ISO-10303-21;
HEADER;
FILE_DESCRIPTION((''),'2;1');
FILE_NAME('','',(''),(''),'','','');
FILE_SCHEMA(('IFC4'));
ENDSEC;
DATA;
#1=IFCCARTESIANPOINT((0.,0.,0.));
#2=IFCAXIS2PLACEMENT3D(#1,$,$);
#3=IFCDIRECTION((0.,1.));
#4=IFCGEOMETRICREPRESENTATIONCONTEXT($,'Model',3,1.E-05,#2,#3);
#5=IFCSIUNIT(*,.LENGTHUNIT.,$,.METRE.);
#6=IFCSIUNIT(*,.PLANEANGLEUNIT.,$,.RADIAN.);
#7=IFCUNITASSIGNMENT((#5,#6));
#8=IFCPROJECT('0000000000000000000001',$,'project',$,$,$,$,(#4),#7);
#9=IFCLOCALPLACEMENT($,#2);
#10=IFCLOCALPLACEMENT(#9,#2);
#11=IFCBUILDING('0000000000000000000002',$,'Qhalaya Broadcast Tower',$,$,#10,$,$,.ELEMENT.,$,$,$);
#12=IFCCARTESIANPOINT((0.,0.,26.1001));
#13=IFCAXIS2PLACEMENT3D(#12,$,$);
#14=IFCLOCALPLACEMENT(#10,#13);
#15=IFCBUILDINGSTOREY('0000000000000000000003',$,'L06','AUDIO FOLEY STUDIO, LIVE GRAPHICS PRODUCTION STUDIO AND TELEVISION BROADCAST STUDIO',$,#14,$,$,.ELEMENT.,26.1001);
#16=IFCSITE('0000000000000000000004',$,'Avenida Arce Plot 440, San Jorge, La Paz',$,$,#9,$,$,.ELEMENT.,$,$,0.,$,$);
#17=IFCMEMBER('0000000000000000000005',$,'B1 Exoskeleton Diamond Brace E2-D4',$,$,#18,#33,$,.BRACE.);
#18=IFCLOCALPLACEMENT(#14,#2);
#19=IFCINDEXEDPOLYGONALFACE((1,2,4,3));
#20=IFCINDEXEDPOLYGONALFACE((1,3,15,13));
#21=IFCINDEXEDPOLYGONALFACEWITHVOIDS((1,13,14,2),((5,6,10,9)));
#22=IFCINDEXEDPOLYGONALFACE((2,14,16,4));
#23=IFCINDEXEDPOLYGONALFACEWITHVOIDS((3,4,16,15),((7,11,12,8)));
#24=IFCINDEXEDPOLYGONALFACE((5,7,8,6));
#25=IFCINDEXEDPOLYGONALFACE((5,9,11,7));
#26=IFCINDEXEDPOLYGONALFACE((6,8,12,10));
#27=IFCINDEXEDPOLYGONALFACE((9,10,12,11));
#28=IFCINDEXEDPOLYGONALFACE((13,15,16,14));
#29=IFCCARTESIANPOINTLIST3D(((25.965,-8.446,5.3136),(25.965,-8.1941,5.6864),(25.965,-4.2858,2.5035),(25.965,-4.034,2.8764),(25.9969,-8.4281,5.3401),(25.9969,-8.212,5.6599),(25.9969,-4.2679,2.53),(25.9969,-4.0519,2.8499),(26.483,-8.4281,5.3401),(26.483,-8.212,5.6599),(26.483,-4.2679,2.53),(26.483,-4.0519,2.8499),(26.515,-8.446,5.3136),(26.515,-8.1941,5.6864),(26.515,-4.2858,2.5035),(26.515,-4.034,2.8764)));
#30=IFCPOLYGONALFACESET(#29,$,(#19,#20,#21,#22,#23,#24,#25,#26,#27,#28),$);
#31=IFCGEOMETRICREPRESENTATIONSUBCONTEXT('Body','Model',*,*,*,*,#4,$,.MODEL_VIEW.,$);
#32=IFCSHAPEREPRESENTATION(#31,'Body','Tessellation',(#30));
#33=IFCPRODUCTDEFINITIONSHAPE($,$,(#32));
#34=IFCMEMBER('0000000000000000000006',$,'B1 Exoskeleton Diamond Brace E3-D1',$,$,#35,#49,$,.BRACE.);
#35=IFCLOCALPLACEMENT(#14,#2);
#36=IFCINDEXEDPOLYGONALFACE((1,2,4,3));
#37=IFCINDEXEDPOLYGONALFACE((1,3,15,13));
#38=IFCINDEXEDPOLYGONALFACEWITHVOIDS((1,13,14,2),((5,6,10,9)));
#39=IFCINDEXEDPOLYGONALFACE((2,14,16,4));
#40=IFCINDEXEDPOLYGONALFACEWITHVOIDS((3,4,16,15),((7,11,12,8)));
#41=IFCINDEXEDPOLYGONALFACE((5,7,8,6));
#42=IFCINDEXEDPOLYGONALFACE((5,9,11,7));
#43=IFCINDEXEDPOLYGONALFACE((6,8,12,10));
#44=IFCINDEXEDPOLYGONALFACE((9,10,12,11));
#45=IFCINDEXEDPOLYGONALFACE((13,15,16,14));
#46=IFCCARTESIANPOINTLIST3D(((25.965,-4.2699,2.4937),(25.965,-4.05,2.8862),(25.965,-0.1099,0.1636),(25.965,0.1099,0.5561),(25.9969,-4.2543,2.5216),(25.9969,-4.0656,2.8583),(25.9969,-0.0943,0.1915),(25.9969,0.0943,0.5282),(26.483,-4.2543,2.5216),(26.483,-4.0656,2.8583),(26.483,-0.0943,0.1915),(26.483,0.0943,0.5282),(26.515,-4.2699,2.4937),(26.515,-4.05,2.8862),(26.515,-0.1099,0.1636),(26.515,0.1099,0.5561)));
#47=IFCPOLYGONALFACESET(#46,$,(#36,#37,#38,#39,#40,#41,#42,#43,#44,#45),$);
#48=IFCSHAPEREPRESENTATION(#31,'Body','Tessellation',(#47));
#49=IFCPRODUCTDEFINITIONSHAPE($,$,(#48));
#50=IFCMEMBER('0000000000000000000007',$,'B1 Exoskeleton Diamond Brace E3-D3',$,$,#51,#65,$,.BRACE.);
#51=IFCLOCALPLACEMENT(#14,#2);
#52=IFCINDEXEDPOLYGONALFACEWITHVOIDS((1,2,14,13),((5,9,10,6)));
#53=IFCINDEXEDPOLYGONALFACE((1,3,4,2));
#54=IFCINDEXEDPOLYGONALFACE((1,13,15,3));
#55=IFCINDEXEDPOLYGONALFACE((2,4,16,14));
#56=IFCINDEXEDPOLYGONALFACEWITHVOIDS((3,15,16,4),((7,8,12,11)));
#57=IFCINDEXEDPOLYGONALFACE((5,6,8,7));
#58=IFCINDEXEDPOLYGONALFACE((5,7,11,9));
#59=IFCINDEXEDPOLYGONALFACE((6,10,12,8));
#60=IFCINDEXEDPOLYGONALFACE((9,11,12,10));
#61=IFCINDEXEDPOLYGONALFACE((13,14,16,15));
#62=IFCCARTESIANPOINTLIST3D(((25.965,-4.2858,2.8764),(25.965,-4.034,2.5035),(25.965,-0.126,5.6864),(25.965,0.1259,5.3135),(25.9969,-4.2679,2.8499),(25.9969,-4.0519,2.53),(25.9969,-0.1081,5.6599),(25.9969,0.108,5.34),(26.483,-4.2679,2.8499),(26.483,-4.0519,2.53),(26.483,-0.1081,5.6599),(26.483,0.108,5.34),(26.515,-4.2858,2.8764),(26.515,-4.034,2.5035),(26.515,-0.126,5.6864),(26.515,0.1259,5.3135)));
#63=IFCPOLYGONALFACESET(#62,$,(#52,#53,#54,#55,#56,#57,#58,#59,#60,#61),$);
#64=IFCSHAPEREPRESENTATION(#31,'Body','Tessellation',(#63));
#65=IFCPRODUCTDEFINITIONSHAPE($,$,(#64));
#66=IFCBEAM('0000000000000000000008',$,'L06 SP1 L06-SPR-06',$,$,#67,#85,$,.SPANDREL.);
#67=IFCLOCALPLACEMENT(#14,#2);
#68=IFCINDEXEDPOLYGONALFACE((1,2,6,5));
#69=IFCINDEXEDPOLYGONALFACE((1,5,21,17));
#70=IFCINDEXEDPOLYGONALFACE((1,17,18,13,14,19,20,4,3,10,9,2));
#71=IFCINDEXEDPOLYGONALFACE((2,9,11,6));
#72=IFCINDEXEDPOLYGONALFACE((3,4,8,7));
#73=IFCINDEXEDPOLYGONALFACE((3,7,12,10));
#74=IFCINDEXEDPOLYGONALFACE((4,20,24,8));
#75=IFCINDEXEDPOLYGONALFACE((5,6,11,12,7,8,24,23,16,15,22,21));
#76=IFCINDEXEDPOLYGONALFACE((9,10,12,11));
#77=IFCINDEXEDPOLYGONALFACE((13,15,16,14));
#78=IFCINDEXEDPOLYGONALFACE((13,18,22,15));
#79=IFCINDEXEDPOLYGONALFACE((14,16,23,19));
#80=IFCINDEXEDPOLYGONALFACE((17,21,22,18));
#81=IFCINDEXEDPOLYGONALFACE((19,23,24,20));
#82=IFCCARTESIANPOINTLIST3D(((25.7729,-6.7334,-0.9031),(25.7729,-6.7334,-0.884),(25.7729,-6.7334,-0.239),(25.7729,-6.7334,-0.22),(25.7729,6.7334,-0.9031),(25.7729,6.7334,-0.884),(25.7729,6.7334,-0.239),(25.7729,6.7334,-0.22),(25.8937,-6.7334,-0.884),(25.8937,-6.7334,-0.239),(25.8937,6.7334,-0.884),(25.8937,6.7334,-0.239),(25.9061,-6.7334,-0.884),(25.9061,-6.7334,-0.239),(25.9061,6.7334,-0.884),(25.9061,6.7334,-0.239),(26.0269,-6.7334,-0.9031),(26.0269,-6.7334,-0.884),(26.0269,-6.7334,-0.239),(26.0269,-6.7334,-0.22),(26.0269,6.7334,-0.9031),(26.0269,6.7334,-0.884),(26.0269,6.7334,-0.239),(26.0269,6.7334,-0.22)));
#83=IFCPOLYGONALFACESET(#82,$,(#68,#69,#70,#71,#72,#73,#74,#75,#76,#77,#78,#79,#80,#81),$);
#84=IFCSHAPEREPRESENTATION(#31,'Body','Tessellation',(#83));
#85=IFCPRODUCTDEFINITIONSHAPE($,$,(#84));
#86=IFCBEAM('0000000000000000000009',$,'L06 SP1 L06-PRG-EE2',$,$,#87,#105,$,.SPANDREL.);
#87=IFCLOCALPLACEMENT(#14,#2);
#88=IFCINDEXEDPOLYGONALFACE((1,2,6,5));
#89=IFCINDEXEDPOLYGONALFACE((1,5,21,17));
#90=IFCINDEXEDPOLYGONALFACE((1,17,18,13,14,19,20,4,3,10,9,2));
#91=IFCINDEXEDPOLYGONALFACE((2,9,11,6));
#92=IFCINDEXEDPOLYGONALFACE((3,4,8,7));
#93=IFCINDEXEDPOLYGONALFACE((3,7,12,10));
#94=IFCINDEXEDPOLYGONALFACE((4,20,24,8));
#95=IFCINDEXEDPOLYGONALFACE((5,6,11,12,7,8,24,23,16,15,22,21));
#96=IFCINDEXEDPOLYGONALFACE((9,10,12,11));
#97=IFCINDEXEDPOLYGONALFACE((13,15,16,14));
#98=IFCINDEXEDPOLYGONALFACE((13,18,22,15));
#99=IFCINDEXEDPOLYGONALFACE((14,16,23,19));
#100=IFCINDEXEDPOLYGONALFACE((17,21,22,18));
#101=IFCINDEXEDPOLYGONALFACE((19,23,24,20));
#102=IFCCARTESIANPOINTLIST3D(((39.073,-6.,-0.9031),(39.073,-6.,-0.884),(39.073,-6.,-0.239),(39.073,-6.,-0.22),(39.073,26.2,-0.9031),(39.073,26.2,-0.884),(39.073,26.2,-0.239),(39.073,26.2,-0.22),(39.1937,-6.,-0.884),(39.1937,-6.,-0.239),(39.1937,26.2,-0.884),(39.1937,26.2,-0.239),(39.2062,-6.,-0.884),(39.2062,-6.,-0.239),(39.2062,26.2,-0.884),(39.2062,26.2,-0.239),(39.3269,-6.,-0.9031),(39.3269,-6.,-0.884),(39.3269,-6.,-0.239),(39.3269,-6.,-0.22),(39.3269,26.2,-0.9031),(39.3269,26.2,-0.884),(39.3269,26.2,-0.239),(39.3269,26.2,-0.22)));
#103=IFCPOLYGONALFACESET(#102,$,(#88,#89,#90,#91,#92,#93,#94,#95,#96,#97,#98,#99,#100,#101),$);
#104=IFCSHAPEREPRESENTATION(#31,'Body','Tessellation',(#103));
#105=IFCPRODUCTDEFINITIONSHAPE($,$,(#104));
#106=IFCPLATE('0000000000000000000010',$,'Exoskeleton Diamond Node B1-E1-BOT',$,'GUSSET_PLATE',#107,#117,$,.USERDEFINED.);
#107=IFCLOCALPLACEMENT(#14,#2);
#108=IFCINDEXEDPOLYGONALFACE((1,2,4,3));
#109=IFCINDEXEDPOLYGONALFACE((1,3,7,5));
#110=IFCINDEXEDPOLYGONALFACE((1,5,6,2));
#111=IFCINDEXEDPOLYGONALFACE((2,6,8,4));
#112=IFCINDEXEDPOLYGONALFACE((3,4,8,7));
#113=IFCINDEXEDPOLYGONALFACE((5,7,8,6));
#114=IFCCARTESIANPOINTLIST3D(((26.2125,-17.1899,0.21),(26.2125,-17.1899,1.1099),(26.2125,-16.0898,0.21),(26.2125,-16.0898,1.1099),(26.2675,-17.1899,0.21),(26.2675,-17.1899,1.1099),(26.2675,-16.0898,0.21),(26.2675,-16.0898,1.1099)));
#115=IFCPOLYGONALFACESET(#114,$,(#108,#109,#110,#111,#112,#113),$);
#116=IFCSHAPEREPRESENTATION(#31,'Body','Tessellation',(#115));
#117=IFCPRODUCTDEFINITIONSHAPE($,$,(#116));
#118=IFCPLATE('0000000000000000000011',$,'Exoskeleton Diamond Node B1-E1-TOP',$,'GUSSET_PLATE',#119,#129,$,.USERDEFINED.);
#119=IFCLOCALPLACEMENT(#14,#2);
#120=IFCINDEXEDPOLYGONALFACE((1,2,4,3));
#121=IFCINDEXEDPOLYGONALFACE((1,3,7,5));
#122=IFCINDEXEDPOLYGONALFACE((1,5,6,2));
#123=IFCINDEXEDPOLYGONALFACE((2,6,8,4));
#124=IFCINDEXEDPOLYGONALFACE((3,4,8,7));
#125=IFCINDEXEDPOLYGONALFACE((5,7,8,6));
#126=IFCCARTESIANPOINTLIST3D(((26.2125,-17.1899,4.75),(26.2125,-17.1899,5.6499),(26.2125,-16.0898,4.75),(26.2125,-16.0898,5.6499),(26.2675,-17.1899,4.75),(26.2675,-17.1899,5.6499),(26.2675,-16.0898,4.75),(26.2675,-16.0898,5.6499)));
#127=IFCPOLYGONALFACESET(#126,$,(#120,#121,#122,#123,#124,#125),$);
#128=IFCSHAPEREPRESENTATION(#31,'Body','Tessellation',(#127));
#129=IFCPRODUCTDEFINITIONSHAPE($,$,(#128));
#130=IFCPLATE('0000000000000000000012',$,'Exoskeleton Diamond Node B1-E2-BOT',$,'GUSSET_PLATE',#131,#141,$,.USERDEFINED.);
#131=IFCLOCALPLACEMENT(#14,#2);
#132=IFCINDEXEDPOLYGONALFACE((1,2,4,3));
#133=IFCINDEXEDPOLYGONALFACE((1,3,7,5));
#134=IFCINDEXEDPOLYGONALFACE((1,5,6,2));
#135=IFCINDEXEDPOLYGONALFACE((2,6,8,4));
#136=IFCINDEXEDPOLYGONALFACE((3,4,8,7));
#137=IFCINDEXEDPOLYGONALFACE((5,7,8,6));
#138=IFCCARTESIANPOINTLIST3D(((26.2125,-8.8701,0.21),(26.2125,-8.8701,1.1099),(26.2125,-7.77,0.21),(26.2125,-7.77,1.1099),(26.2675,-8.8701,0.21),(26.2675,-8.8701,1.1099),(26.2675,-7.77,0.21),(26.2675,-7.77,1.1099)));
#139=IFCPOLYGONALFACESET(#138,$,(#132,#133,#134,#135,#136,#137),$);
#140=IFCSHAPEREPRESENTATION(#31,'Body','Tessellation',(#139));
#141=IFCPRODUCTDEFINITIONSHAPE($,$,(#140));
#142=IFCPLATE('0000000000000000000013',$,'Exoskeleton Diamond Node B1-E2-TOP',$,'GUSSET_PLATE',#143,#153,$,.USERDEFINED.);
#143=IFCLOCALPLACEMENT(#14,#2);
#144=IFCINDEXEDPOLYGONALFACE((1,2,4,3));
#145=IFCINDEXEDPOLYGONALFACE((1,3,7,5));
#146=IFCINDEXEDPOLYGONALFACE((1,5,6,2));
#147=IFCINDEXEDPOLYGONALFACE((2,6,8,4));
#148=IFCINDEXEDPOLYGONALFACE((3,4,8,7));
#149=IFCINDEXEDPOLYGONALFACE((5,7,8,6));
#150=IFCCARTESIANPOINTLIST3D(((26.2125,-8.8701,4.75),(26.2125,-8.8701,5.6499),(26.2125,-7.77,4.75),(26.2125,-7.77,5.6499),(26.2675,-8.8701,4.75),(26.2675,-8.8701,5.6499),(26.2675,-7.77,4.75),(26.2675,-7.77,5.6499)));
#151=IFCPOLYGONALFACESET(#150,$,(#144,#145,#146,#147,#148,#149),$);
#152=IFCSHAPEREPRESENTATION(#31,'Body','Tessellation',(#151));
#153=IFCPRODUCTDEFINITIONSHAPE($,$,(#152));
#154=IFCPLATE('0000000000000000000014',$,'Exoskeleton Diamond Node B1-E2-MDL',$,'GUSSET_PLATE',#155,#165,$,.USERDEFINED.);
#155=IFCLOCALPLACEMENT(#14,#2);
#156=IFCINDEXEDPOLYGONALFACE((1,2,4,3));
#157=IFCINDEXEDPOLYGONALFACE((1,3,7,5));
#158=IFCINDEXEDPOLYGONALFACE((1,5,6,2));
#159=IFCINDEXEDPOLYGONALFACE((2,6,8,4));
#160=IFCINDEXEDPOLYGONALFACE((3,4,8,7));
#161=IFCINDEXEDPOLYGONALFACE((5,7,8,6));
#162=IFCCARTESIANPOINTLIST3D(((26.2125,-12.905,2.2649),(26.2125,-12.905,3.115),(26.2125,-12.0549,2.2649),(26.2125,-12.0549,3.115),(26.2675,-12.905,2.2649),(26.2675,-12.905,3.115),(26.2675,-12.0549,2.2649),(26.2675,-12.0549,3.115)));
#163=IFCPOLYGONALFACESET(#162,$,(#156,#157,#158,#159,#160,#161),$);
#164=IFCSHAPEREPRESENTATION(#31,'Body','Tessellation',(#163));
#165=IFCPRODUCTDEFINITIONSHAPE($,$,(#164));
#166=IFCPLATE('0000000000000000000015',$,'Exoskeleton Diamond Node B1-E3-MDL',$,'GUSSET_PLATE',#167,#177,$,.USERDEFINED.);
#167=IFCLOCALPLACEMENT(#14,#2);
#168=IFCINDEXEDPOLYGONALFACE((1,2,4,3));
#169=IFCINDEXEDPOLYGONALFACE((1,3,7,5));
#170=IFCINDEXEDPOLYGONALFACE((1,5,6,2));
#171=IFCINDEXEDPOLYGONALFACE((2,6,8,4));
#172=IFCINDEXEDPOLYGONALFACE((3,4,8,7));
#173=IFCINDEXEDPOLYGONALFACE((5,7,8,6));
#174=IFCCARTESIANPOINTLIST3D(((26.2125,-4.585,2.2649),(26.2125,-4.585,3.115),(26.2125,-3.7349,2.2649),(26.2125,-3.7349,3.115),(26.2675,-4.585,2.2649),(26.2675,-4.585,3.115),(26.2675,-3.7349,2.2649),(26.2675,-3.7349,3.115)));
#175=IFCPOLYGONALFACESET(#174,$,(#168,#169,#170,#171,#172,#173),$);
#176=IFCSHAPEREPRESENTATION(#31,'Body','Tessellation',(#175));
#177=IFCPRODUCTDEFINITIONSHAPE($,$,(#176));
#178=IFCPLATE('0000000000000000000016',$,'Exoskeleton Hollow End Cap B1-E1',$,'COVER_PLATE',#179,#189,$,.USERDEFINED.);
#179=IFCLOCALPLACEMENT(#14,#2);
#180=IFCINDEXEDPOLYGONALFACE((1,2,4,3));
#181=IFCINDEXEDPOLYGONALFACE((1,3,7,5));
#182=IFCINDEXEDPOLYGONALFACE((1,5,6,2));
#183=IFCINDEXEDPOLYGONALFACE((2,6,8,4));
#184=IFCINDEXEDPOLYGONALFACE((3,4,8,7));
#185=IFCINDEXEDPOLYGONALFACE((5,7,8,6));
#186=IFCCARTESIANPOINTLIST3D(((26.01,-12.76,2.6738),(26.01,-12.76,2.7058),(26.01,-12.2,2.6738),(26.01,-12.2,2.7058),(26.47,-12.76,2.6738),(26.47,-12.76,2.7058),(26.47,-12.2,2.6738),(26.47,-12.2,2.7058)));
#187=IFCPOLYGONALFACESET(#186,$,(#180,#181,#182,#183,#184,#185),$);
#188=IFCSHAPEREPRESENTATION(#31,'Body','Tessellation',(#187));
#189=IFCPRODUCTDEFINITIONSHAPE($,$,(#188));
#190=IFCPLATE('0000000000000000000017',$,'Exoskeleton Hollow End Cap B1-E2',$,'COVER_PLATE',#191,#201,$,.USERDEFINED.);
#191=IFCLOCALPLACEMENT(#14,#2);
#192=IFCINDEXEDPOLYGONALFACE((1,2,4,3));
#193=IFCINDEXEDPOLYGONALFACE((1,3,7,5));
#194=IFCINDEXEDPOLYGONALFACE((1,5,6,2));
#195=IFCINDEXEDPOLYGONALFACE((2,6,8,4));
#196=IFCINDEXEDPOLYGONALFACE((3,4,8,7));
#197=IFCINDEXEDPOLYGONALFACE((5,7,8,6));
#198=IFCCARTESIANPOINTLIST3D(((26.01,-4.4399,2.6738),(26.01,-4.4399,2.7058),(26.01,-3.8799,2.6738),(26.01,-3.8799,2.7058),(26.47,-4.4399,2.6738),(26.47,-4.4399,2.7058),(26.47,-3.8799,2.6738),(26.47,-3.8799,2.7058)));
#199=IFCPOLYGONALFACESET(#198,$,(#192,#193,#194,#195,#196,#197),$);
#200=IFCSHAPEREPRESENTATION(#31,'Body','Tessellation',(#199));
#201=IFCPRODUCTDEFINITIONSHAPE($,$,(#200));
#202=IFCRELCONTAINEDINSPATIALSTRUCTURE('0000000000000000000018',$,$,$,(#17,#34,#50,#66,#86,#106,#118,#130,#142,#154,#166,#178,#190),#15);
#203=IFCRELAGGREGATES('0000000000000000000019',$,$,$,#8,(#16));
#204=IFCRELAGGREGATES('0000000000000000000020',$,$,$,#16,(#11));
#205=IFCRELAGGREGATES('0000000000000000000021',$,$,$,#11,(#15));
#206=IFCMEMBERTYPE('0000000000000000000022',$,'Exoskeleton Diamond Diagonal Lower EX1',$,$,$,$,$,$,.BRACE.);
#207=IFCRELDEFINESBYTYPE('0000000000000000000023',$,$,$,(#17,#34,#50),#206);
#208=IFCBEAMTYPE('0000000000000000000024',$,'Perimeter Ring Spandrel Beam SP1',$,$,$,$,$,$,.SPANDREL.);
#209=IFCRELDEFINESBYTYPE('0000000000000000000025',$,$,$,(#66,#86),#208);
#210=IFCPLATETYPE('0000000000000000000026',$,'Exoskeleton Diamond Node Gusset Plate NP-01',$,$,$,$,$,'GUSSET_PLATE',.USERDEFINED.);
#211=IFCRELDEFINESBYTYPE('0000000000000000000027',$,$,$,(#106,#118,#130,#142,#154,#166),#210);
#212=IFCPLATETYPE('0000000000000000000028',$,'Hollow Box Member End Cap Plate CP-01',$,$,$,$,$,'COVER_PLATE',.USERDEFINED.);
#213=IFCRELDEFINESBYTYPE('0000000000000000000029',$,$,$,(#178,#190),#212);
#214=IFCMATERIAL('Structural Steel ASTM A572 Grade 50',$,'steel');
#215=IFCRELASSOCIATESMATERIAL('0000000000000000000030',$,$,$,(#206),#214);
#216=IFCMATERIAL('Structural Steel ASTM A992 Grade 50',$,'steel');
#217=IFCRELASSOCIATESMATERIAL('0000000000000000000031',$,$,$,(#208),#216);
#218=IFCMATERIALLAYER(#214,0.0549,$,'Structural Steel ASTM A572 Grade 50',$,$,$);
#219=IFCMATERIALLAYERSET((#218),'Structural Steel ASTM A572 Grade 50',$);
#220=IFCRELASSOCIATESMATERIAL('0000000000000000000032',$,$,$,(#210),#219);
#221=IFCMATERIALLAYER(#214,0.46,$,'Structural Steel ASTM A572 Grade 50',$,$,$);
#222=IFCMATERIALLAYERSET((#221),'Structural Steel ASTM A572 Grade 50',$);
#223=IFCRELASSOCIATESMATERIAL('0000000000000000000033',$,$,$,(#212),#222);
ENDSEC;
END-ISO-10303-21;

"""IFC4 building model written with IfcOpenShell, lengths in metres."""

from ifc_helpers import new_model, si_unit, direction, frame, origin, origin_2d, place, context, subcontext, project, spatial, rectangle, hollow_rectangle, i_section, extrude, material, layer, layer_set, material_profile, profile_set, type_object, element, save


model = new_model("IFC4")

# Units and contexts
model_context = context("Model", 3, precision=1e-05, world=origin(), true_north=direction((0.0, 1.0)))
body_context = subcontext(model_context, "Body", "Model", "MODEL_VIEW")
ifc_project = project(units=[si_unit("LENGTHUNIT", "METRE"), si_unit("PLANEANGLEUNIT", "RADIAN")], contexts=[model_context])

# Site, building, storey
site_placement = place(None, origin())
site = spatial("IfcSite", under=ifc_project, at=site_placement, Name="Avenida Arce Plot 440, San Jorge, La Paz", CompositionType="ELEMENT", RefElevation=0.0)
building_placement = place(site_placement, origin())
building = spatial("IfcBuilding", under=site, at=building_placement, Name="Qhalaya Broadcast Tower", CompositionType="ELEMENT")
storey_placement = place(building_placement, frame((0.0, 0.0, 26.1001)))
storey = spatial("IfcBuildingStorey", under=building, at=storey_placement, Name="L06", Description="AUDIO FOLEY STUDIO, LIVE GRAPHICS PRODUCTION STUDIO AND TELEVISION BROADCAST STUDIO", CompositionType="ELEMENT", Elevation=26.1001)

# Shared definitions
ifc_material_1 = material(Name="Structural Steel ASTM A572 Grade 50", Category="steel")

# Shared definitions
ifc_material_2 = material(Name="Structural Steel ASTM A992 Grade 50", Category="steel")

# Members
ifc_material_profile_1 = material_profile(ifc_material_1, hollow_rectangle(XDim=0.45, YDim=0.55, WallThickness=0.032, at=origin_2d()), Name="BOX 450x550x32")
ifc_profile_set_1 = profile_set([ifc_material_profile_1], Name="Structural Steel ASTM A572 Grade 50")
member_type = type_object("IfcMemberType", Name="Exoskeleton Diamond Diagonal Lower EX1", PredefinedType="BRACE", material=ifc_profile_set_1)
member_1_placement = place(storey_placement, frame((26.24, -4.1599, 2.6899), z_axis=(0.0, -0.828668, 0.55974), x_axis=(0.0, 0.55974, 0.828668)))
element("IfcMember", 1, at=member_1_placement, inside=storey, type_object=member_type, Name="B1 Exoskeleton Diamond Brace E2-D4", PredefinedType="BRACE", context=body_context, shape_type="SweptSolid", body=[
    extrude(hollow_rectangle(XDim=0.45, YDim=0.55, WallThickness=0.032, at=origin_2d()), origin(), (0.0, 0.0, 1.0), 5.0203),
])
member_2_placement = place(storey_placement, frame((26.24, 0.0, 0.3599), z_axis=(0.0, -0.872459, 0.488688), x_axis=(0.0, 0.488688, 0.872459)))
element("IfcMember", 2, at=member_2_placement, inside=storey, type_object=member_type, Name="B1 Exoskeleton Diamond Brace E3-D1", PredefinedType="BRACE", context=body_context, shape_type="SweptSolid", body=[
    extrude(hollow_rectangle(XDim=0.45, YDim=0.55, WallThickness=0.032, at=origin_2d()), origin(), (0.0, 0.0, 1.0), 4.7681),
])
member_3_placement = place(storey_placement, frame((26.24, -4.1599, 2.6899), z_axis=(0.0, 0.828653, 0.559763), x_axis=(0.0, -0.559763, 0.828653)))
element("IfcMember", 3, at=member_3_placement, inside=storey, type_object=member_type, Name="B1 Exoskeleton Diamond Brace E3-D3", PredefinedType="BRACE", context=body_context, shape_type="SweptSolid", body=[
    extrude(hollow_rectangle(XDim=0.45, YDim=0.55, WallThickness=0.032, at=origin_2d()), origin(), (0.0, 0.0, 1.0), 5.02),
])

# Beams
ifc_material_profile_2 = material_profile(ifc_material_2, i_section(OverallWidth=0.2539, OverallDepth=0.6831, WebThickness=0.0125, FlangeThickness=0.019, at=origin_2d()), Name="W27X94")
ifc_profile_set_2 = profile_set([ifc_material_profile_2], Name="Structural Steel ASTM A992 Grade 50")
beam_type_1 = type_object("IfcBeamType", Name="Perimeter Ring Spandrel Beam SP1", PredefinedType="SPANDREL", material=ifc_profile_set_2)
beam_1_placement = place(storey_placement, frame((25.8999, -6.7334, -0.5615), z_axis=(0.0, 1.0, 0.0), x_axis=(-1.0, 0.0, 0.0)))
element("IfcBeam", 4, at=beam_1_placement, inside=storey, type_object=beam_type_1, Name="L06 SP1 L06-SPR-06", PredefinedType="SPANDREL", context=body_context, shape_type="SweptSolid", body=[
    extrude(i_section(OverallWidth=0.2539, OverallDepth=0.6831, WebThickness=0.0125, FlangeThickness=0.019, at=origin_2d()), origin(), (0.0, 0.0, 1.0), 13.4668),
])
beam_2_placement = place(storey_placement, frame((39.2, -6.0, -0.5615), z_axis=(0.0, 1.0, 0.0), x_axis=(-1.0, 0.0, 0.0)))
element("IfcBeam", 5, at=beam_2_placement, inside=storey, type_object=beam_type_1, Name="L06 SP1 L06-PRG-EE2", PredefinedType="SPANDREL", context=body_context, shape_type="SweptSolid", body=[
    extrude(i_section(OverallWidth=0.2539, OverallDepth=0.6831, WebThickness=0.0125, FlangeThickness=0.019, at=origin_2d()), origin(), (0.0, 0.0, 1.0), 32.2),
])

# Plates
ifc_layer_1 = layer(ifc_material_1, 0.0549, Name="Structural Steel ASTM A572 Grade 50")
ifc_layer_set_1 = layer_set([ifc_layer_1], Name="Structural Steel ASTM A572 Grade 50")
plate_type_1 = type_object("IfcPlateType", Name="Exoskeleton Diamond Node Gusset Plate NP-01", ElementType="GUSSET_PLATE", PredefinedType="USERDEFINED", material=ifc_layer_set_1)
for number, where, z_axis, x_axis, name in (
    (6, (26.24, -16.6399, 0.21), (0.0, 0.0, 1.0), (0.0, 1.0, 0.0), "Exoskeleton Diamond Node B1-E1-BOT"),
    (7, (26.24, -16.6399, 4.75), (0.0, 0.0, 1.0), (0.0, 1.0, 0.0), "Exoskeleton Diamond Node B1-E1-TOP"),
    (8, (26.24, -8.3201, 0.21), (0.0, 0.0, 1.0), (0.0, 1.0, 0.0), "Exoskeleton Diamond Node B1-E2-BOT"),
    (9, (26.24, -8.3201, 4.75), (0.0, 0.0, 1.0), (0.0, 1.0, 0.0), "Exoskeleton Diamond Node B1-E2-TOP"),
):
    element("IfcPlate", number, at=place(storey_placement, frame(where, z_axis=z_axis, x_axis=x_axis)), inside=storey, type_object=plate_type_1, Name=name, ObjectType="GUSSET_PLATE", PredefinedType="USERDEFINED", context=body_context, shape_type="SweptSolid", body=[
        extrude(rectangle(XDim=1.1001, YDim=0.0549, at=origin_2d()), origin(), (0.0, 0.0, 1.0), 0.8999),
    ])
for number, where, z_axis, x_axis, name in (
    (10, (26.24, -12.48, 2.2649), (0.0, 0.0, 1.0), (0.0, 1.0, 0.0), "Exoskeleton Diamond Node B1-E2-MDL"),
    (11, (26.24, -4.1599, 2.2649), (0.0, 0.0, 1.0), (0.0, 1.0, 0.0), "Exoskeleton Diamond Node B1-E3-MDL"),
):
    element("IfcPlate", number, at=place(storey_placement, frame(where, z_axis=z_axis, x_axis=x_axis)), inside=storey, type_object=plate_type_1, Name=name, ObjectType="GUSSET_PLATE", PredefinedType="USERDEFINED", context=body_context, shape_type="SweptSolid", body=[
        extrude(rectangle(XDim=0.8501, YDim=0.0549, at=origin_2d()), origin(), (0.0, 0.0, 1.0), 0.8501),
    ])
ifc_layer_2 = layer(ifc_material_1, 0.46, Name="Structural Steel ASTM A572 Grade 50")
ifc_layer_set_2 = layer_set([ifc_layer_2], Name="Structural Steel ASTM A572 Grade 50")
plate_type_2 = type_object("IfcPlateType", Name="Hollow Box Member End Cap Plate CP-01", ElementType="COVER_PLATE", PredefinedType="USERDEFINED", material=ifc_layer_set_2)
for number, where, z_axis, x_axis, name in (
    (12, (26.24, -12.48, 2.6738), (0.0, 0.0, 1.0), (0.0, 1.0, 0.0), "Exoskeleton Hollow End Cap B1-E1"),
    (13, (26.24, -4.1599, 2.6738), (0.0, 0.0, 1.0), (0.0, 1.0, 0.0), "Exoskeleton Hollow End Cap B1-E2"),
):
    element("IfcPlate", number, at=place(storey_placement, frame(where, z_axis=z_axis, x_axis=x_axis)), inside=storey, type_object=plate_type_2, Name=name, ObjectType="COVER_PLATE", PredefinedType="USERDEFINED", context=body_context, shape_type="SweptSolid", body=[
        extrude(rectangle(XDim=0.5601, YDim=0.46, at=origin_2d()), origin(), (0.0, 0.0, 1.0), 0.032),
    ])

save(model, "model.ifc")
